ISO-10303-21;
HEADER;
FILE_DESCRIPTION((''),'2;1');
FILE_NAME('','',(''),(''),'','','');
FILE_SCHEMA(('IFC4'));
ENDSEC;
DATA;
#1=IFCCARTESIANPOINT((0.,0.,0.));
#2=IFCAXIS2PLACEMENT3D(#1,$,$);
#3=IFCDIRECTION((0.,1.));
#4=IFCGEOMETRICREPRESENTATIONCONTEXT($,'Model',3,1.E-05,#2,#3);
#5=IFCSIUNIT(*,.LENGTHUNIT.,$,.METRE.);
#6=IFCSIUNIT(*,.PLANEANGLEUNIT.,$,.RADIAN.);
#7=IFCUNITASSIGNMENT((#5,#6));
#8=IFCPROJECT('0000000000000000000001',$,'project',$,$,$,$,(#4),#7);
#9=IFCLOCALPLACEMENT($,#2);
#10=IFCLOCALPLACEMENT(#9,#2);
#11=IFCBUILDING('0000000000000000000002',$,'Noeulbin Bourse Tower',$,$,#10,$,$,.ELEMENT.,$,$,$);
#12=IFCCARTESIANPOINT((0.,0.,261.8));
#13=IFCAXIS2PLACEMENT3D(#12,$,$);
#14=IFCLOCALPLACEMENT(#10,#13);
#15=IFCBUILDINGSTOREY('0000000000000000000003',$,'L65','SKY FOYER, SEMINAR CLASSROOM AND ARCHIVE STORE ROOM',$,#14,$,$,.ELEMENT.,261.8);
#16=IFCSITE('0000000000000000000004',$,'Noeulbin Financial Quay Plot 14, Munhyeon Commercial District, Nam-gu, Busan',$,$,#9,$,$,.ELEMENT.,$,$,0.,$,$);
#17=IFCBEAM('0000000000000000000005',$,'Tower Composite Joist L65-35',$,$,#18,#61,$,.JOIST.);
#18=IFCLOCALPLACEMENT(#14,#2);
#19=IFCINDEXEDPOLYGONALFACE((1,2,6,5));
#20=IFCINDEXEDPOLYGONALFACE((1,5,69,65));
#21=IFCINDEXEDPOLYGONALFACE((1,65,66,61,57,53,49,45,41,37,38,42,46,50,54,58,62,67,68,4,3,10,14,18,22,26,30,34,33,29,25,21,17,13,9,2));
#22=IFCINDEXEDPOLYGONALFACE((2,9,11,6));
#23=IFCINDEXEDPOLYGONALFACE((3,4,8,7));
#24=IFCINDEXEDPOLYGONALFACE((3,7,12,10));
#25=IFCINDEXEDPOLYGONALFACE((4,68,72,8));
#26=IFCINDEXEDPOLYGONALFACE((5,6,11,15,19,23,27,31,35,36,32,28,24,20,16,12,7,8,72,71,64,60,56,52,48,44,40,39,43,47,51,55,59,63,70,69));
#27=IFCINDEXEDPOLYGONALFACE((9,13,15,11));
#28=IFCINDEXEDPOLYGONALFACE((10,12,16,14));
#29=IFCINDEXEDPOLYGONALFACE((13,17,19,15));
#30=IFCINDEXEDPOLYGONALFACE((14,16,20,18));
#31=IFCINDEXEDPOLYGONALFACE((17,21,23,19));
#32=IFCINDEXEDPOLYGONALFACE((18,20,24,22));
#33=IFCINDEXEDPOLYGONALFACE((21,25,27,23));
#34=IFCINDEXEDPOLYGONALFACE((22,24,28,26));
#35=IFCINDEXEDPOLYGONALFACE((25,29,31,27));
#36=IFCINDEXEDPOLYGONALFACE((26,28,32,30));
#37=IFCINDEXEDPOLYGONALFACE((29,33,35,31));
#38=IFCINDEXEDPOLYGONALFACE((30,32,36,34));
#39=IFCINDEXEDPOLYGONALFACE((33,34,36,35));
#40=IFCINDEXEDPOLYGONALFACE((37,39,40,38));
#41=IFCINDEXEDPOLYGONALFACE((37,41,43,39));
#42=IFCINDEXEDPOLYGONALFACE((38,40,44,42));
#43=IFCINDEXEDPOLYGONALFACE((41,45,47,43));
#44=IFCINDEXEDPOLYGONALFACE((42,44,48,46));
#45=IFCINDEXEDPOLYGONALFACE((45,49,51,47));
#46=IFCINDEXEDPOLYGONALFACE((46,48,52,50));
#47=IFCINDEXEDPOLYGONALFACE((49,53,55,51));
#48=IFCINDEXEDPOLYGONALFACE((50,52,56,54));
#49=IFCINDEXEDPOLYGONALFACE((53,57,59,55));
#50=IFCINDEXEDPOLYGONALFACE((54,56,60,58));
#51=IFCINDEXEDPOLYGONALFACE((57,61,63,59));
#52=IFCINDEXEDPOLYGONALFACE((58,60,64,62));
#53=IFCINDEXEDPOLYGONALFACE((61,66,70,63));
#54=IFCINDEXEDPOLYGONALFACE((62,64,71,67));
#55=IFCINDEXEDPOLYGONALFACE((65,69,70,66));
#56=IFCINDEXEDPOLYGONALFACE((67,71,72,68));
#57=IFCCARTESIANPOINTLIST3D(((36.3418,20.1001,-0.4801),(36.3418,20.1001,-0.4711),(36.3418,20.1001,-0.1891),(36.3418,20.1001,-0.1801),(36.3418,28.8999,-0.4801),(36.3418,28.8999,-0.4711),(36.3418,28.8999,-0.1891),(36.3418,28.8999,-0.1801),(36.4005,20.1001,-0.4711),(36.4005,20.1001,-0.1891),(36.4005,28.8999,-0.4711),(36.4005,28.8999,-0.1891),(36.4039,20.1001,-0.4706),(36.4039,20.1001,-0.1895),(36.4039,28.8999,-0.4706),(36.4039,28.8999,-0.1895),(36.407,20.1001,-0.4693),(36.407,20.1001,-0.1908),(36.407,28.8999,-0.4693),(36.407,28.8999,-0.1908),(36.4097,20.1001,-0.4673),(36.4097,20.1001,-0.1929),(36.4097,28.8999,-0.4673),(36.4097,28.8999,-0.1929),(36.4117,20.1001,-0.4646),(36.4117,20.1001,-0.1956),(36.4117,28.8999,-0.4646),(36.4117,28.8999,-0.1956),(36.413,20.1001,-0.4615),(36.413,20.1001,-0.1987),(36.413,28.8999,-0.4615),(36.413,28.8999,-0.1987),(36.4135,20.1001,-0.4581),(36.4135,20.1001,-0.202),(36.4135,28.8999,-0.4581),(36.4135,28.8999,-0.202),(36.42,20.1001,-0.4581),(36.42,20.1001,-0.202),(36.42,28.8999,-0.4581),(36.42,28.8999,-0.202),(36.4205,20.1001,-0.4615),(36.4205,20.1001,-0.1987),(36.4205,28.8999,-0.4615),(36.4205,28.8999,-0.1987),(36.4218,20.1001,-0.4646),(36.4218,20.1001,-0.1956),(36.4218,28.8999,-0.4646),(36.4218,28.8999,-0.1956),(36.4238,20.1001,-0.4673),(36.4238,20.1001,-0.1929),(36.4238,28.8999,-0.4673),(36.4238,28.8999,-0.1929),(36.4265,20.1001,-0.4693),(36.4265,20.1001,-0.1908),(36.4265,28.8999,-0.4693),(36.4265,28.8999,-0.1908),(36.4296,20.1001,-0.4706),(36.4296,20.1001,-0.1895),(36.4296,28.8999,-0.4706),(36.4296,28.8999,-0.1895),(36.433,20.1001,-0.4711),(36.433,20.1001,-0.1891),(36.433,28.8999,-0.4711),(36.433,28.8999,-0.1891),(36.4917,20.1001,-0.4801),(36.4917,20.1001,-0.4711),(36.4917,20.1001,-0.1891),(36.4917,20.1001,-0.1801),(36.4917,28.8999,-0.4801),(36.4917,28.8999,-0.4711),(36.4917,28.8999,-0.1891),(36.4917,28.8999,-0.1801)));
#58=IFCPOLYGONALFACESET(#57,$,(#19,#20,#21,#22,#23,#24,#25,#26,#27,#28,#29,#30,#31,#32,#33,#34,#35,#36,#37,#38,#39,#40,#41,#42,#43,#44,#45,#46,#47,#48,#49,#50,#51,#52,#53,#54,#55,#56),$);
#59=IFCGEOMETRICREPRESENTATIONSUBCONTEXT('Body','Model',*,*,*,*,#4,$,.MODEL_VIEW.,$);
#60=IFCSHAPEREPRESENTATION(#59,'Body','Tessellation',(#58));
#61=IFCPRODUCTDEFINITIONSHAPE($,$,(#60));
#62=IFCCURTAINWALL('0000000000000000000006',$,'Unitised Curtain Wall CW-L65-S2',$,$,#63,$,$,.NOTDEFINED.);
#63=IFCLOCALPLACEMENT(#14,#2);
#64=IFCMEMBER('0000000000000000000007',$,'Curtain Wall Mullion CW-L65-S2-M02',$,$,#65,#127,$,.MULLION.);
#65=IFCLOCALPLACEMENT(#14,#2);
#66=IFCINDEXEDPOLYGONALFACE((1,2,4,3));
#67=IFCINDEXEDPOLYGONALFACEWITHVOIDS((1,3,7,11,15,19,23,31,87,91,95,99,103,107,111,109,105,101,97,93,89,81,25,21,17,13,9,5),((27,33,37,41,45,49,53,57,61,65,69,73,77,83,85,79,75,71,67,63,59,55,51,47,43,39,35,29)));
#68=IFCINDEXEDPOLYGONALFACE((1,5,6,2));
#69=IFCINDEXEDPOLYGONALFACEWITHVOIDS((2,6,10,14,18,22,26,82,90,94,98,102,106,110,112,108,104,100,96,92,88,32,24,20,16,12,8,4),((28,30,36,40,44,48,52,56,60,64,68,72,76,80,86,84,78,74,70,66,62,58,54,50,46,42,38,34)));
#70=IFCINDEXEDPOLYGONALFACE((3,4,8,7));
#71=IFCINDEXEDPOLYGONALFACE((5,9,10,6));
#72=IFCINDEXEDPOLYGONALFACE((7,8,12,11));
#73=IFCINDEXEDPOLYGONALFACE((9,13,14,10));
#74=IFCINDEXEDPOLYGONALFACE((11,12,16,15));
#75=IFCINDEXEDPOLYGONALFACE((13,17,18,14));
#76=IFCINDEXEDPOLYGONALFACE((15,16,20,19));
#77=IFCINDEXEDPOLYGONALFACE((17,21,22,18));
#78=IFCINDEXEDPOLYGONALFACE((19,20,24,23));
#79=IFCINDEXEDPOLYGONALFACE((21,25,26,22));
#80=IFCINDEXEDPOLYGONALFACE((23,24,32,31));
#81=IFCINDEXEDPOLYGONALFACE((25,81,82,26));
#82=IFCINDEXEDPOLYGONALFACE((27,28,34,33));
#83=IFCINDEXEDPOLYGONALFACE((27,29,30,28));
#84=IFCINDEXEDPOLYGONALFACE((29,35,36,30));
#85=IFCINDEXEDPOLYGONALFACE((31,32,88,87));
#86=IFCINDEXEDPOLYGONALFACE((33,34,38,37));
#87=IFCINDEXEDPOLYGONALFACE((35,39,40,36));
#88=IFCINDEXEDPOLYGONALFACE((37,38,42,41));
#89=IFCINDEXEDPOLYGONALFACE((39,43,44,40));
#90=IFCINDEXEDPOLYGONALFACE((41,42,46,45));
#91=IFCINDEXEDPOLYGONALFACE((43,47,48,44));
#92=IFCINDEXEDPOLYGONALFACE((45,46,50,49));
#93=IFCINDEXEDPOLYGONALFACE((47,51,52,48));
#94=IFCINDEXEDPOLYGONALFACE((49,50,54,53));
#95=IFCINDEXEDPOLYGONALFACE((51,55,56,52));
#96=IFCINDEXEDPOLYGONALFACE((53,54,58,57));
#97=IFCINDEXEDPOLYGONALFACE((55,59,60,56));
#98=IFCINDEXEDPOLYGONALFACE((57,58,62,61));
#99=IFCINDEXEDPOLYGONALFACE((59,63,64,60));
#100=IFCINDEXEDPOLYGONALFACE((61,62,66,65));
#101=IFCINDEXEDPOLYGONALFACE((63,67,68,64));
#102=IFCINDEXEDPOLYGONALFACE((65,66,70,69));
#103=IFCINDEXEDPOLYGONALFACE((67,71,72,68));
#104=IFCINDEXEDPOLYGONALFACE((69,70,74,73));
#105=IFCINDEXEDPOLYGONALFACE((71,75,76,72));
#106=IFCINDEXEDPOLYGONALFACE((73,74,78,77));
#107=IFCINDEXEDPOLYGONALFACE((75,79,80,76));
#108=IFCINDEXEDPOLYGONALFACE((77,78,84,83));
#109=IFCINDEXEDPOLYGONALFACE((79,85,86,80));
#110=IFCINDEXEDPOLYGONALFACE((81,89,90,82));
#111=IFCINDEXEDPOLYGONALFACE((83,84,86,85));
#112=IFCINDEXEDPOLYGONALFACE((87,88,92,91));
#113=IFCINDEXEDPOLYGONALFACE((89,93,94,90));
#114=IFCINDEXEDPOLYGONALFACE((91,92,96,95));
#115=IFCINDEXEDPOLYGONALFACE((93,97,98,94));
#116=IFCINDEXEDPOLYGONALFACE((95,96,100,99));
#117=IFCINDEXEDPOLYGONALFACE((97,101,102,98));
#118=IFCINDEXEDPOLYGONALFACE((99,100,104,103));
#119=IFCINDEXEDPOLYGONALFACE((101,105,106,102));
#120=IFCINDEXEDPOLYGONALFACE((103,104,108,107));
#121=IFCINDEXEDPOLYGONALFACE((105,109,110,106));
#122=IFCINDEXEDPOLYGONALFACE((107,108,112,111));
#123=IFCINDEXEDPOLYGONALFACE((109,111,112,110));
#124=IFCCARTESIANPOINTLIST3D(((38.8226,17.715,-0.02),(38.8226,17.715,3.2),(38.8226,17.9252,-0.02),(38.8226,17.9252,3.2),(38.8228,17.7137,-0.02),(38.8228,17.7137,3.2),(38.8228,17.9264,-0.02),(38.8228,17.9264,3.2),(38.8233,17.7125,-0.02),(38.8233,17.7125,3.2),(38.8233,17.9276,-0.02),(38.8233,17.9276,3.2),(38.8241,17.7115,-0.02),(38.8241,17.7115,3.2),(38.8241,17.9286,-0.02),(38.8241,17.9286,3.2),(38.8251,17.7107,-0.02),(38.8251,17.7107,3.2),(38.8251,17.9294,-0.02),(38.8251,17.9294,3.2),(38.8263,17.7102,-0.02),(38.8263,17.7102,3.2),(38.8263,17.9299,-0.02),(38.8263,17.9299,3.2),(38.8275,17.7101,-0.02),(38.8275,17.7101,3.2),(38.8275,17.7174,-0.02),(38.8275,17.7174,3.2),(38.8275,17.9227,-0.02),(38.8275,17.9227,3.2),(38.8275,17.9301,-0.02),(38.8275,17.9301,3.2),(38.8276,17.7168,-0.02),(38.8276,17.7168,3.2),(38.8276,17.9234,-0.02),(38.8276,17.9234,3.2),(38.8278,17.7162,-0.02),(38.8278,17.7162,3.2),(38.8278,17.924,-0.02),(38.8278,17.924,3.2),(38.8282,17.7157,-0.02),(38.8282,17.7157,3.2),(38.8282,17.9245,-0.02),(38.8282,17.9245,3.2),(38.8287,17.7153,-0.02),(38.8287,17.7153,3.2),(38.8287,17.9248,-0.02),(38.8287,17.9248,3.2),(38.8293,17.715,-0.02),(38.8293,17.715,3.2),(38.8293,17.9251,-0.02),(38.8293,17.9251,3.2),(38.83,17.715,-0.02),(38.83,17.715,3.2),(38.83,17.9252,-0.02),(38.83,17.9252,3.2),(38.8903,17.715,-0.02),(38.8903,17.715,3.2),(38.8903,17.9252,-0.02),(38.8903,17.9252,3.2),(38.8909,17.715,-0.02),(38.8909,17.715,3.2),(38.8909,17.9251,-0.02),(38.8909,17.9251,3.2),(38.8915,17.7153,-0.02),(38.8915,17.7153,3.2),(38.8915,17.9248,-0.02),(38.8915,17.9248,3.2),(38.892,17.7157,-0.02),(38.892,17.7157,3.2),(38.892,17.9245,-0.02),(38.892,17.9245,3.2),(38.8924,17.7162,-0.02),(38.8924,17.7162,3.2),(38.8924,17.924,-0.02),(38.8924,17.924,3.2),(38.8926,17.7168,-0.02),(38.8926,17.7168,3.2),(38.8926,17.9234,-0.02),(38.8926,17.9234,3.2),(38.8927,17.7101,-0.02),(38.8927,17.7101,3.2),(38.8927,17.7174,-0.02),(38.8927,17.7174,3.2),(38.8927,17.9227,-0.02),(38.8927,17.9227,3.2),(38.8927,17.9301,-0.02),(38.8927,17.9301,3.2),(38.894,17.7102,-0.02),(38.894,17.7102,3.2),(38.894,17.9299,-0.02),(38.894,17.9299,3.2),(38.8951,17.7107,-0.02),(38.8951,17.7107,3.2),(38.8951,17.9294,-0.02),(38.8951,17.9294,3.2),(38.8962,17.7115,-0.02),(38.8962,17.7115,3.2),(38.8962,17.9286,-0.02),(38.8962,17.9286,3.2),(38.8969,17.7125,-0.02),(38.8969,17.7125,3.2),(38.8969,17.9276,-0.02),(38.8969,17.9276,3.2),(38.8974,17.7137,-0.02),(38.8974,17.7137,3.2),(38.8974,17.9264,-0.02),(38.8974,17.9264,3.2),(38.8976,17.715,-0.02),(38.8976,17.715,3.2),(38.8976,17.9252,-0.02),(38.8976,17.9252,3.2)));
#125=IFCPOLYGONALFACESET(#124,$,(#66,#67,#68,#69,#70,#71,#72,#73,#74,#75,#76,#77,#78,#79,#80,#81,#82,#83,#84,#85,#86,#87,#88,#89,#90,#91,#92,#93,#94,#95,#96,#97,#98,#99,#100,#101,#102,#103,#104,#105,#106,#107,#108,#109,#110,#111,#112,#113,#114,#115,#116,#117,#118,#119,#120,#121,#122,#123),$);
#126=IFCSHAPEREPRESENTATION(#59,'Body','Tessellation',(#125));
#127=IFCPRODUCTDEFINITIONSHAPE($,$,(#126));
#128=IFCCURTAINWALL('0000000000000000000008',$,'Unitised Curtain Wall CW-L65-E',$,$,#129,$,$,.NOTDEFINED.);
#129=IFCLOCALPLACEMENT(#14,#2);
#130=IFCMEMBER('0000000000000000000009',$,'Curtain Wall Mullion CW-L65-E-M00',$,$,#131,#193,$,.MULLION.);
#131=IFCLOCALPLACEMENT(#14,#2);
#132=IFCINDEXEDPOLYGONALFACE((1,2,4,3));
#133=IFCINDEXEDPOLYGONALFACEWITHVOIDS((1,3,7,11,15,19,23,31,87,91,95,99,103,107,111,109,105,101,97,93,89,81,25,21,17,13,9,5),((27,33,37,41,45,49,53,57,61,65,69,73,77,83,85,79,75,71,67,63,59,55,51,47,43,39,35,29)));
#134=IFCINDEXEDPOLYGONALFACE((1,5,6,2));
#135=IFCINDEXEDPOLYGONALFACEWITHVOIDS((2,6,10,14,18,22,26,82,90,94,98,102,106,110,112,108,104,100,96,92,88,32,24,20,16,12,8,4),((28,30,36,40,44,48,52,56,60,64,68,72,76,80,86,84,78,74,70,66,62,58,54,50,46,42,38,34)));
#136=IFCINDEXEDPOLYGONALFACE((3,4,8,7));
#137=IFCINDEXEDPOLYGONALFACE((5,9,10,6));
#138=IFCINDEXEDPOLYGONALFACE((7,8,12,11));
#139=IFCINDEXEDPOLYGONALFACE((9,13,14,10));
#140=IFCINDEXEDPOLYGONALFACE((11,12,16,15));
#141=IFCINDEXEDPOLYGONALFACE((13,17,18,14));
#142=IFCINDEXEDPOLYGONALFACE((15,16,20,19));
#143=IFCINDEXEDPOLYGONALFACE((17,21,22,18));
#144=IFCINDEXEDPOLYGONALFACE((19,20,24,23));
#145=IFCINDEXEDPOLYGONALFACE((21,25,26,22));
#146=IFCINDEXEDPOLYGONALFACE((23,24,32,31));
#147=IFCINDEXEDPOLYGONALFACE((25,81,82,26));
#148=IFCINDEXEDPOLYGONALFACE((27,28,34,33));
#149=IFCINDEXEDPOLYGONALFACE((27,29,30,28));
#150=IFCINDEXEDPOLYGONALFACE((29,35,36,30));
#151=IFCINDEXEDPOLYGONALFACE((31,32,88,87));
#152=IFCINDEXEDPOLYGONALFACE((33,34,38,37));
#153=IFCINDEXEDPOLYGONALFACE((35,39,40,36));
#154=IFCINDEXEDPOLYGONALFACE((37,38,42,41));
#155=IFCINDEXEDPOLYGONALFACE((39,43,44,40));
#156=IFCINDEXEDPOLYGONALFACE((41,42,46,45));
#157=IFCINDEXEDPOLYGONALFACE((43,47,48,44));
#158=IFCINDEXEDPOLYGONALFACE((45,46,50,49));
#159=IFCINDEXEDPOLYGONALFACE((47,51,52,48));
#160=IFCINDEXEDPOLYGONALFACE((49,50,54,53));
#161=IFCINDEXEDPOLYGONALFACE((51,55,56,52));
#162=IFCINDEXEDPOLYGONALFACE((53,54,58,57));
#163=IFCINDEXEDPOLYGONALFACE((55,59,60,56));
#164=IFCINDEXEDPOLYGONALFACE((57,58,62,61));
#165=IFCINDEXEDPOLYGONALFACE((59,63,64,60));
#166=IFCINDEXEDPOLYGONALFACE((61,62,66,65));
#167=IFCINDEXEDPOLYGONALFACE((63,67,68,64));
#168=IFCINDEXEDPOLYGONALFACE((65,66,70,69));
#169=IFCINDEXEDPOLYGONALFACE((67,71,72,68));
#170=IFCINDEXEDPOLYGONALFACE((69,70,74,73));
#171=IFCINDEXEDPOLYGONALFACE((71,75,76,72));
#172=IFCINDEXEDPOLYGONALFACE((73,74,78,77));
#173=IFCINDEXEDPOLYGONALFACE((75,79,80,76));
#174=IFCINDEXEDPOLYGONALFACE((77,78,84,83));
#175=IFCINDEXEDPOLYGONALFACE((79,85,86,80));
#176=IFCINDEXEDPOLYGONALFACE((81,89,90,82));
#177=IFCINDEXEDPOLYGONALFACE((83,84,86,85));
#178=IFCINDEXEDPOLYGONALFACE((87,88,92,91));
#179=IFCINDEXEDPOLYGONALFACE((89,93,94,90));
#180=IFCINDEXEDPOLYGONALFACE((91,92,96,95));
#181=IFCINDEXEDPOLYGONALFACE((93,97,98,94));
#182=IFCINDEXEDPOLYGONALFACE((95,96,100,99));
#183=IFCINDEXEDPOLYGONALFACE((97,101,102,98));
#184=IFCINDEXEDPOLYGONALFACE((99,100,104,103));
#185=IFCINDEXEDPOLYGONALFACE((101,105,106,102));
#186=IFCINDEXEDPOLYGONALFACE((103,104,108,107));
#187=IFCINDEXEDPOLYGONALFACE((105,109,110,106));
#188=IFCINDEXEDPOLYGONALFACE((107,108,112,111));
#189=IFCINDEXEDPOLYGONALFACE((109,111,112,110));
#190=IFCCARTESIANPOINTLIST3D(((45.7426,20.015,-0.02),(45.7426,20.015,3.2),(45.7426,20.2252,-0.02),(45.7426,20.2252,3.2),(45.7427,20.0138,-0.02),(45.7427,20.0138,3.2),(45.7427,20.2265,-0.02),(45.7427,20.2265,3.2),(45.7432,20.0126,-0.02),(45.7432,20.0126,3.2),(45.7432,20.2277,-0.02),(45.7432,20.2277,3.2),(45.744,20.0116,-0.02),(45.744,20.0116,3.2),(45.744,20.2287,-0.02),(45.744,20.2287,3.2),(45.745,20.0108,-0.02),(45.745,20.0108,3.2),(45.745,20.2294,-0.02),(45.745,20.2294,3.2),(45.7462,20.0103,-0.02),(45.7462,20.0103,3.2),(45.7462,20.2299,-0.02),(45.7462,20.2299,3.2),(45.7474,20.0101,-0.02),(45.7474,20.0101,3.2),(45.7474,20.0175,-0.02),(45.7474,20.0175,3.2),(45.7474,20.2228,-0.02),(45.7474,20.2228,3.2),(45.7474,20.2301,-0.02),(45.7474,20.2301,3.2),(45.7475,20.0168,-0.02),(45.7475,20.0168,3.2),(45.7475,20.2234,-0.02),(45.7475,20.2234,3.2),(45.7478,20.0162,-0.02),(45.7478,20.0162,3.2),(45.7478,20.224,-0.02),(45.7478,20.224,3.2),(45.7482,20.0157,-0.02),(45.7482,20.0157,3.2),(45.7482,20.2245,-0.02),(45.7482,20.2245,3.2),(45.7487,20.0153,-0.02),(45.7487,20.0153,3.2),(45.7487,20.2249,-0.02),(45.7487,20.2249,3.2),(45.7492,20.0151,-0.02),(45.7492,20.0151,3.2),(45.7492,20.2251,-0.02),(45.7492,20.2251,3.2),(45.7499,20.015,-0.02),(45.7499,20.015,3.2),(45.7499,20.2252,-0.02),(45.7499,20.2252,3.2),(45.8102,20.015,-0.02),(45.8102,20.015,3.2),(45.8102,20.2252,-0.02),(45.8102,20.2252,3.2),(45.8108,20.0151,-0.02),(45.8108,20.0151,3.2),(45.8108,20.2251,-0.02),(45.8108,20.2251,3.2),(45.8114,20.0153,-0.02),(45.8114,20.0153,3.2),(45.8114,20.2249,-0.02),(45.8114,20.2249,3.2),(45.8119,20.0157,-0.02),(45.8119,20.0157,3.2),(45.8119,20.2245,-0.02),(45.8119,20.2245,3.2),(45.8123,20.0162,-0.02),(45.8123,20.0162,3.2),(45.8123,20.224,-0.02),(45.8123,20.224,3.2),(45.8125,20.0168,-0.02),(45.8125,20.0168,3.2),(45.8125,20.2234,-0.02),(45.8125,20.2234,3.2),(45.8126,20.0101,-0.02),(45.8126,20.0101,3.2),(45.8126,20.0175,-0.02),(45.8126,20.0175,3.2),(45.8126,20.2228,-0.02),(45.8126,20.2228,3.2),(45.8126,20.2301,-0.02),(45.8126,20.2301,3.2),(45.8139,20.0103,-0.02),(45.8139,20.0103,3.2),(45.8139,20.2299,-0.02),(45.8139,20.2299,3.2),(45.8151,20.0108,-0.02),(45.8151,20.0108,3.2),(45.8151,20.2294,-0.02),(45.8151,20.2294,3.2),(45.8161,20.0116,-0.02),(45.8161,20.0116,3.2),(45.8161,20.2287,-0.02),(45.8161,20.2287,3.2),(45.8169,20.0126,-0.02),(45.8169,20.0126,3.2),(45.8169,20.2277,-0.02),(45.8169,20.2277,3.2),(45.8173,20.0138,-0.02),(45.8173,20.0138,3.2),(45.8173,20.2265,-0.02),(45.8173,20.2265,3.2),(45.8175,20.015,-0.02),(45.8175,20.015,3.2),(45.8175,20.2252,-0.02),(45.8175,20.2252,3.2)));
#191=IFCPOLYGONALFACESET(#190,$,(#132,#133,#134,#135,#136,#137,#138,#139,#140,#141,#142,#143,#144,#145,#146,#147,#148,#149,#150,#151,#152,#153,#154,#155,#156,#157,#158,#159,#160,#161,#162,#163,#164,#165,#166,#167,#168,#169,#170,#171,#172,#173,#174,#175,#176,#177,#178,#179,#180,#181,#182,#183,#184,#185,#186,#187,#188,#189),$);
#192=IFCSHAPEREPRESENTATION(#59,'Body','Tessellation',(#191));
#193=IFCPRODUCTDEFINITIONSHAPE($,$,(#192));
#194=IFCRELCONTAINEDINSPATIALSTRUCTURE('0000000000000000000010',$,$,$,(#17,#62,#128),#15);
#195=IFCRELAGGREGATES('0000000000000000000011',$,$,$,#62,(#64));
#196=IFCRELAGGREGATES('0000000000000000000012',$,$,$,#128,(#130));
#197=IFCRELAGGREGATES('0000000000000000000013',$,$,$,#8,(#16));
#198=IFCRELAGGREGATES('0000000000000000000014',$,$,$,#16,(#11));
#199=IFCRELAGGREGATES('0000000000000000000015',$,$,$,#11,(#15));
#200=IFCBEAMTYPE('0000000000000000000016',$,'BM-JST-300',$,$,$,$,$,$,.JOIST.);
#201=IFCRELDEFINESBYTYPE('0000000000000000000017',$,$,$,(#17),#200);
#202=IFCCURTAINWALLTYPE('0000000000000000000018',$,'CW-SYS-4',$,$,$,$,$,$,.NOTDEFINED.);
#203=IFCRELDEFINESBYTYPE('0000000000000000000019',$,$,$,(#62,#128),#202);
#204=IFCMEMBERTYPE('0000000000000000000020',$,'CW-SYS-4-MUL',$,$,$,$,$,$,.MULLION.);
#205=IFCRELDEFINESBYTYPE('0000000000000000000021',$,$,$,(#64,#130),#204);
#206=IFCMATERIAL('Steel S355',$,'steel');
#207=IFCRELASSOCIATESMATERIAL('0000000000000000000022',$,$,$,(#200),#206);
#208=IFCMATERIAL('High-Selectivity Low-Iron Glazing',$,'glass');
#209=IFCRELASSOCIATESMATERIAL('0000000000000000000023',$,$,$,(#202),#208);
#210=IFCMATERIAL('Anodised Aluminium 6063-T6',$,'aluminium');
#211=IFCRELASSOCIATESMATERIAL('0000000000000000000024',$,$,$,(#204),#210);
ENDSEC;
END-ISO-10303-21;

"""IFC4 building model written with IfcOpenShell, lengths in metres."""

from ifc_helpers import new_model, si_unit, direction, frame, origin, origin_2d, place, context, subcontext, project, spatial, hollow_rectangle, i_section, extrude, material, material_profile, profile_set, type_object, element, aggregate, save


model = new_model("IFC4")

# Units and contexts
model_context = context("Model", 3, precision=1e-05, world=origin(), true_north=direction((0.0, 1.0)))
body_context = subcontext(model_context, "Body", "Model", "MODEL_VIEW")
ifc_project = project(units=[si_unit("LENGTHUNIT", "METRE"), si_unit("PLANEANGLEUNIT", "RADIAN")], contexts=[model_context])

# Site, building, storey
site_placement = place(None, origin())
site = spatial("IfcSite", under=ifc_project, at=site_placement, Name="Noeulbin Financial Quay Plot 14, Munhyeon Commercial District, Nam-gu, Busan", CompositionType="ELEMENT", RefElevation=0.0)
building_placement = place(site_placement, origin())
building = spatial("IfcBuilding", under=site, at=building_placement, Name="Noeulbin Bourse Tower", CompositionType="ELEMENT")
storey_placement = place(building_placement, frame((0.0, 0.0, 261.8)))
storey = spatial("IfcBuildingStorey", under=building, at=storey_placement, Name="L65", Description="SKY FOYER, SEMINAR CLASSROOM AND ARCHIVE STORE ROOM", CompositionType="ELEMENT", Elevation=261.8)

# Shared definitions
ifc_material_1 = material(Name="Steel S355", Category="steel")

# Beam
ifc_material_profile_1 = material_profile(ifc_material_1, i_section(OverallWidth=0.1499, OverallDepth=0.3, WebThickness=0.0066, FlangeThickness=0.009, FilletRadius=0.0129, at=origin_2d()), Name="H-300x150x6.5x9", Category="LoadBearing")
ifc_profile_set_1 = profile_set([ifc_material_profile_1], Name="Steel S355")
beam_type_1 = type_object("IfcBeamType", Name="BM-JST-300", PredefinedType="JOIST", material=ifc_profile_set_1)
beam_1_placement = place(storey_placement, frame((36.4167, 20.1001, -0.3301), z_axis=(0.0, 1.0, 0.0), x_axis=(-1.0, 0.0, 0.0)))
element("IfcBeam", 1, at=beam_1_placement, inside=storey, type_object=beam_type_1, Name="Tower Composite Joist L65-35", PredefinedType="JOIST", context=body_context, shape_type="SweptSolid", body=[
    extrude(i_section(OverallWidth=0.1499, OverallDepth=0.3, WebThickness=0.0066, FlangeThickness=0.009, FilletRadius=0.0129, at=origin_2d()), origin(), (0.0, 0.0, 1.0), 8.7998),
])

# Curtain wall, member
ifc_material_2 = material(Name="High-Selectivity Low-Iron Glazing", Category="glass")
curtain_wall_type = type_object("IfcCurtainWallType", Name="CW-SYS-4", PredefinedType="NOTDEFINED", material=ifc_material_2)
curtain_wall_1_placement = place(storey_placement, origin())
curtain_wall_1 = element("IfcCurtainWall", 2, at=curtain_wall_1_placement, inside=storey, type_object=curtain_wall_type, Name="Unitised Curtain Wall CW-L65-S2", PredefinedType="NOTDEFINED")
ifc_material_3 = material(Name="Anodised Aluminium 6063-T6", Category="aluminium")
ifc_material_profile_2 = material_profile(ifc_material_3, hollow_rectangle(XDim=0.075, YDim=0.22, WallThickness=0.0049, InnerFilletRadius=0.0024, OuterFilletRadius=0.0049, at=origin_2d()), Name="ALU-MULL-75x220x5", Category="LoadBearing")
ifc_profile_set_2 = profile_set([ifc_material_profile_2], Name="Anodised Aluminium 6063-T6")
member_type_1 = type_object("IfcMemberType", Name="CW-SYS-4-MUL", PredefinedType="MULLION", material=ifc_profile_set_2)
member_1_placement = place(storey_placement, frame((38.8601, 17.8201, -0.02), z_axis=(0.0, 0.0, 1.0), x_axis=(1.0, 0.0, 0.0)))
member_1 = element("IfcMember", 3, at=member_1_placement, type_object=member_type_1, Name="Curtain Wall Mullion CW-L65-S2-M02", PredefinedType="MULLION", context=body_context, shape_type="SweptSolid", body=[
    extrude(hollow_rectangle(XDim=0.075, YDim=0.22, WallThickness=0.0049, InnerFilletRadius=0.0024, OuterFilletRadius=0.0049, at=origin_2d()), origin(), (0.0, 0.0, 1.0), 3.22),
])

# Curtain wall, member
curtain_wall_2_placement = place(storey_placement, origin())
curtain_wall_2 = element("IfcCurtainWall", 4, at=curtain_wall_2_placement, inside=storey, type_object=curtain_wall_type, Name="Unitised Curtain Wall CW-L65-E", PredefinedType="NOTDEFINED")
member_2_placement = place(storey_placement, frame((45.78, 20.1201, -0.02), z_axis=(0.0, 0.0, 1.0), x_axis=(1.0, 0.0, 0.0)))
member_2 = element("IfcMember", 5, at=member_2_placement, type_object=member_type_1, Name="Curtain Wall Mullion CW-L65-E-M00", PredefinedType="MULLION", context=body_context, shape_type="SweptSolid", body=[
    extrude(hollow_rectangle(XDim=0.075, YDim=0.22, WallThickness=0.0049, InnerFilletRadius=0.0024, OuterFilletRadius=0.0049, at=origin_2d()), origin(), (0.0, 0.0, 1.0), 3.22),
])

aggregate(curtain_wall_1, [member_1])
aggregate(curtain_wall_2, [member_2])

save(model, "model.ifc")
